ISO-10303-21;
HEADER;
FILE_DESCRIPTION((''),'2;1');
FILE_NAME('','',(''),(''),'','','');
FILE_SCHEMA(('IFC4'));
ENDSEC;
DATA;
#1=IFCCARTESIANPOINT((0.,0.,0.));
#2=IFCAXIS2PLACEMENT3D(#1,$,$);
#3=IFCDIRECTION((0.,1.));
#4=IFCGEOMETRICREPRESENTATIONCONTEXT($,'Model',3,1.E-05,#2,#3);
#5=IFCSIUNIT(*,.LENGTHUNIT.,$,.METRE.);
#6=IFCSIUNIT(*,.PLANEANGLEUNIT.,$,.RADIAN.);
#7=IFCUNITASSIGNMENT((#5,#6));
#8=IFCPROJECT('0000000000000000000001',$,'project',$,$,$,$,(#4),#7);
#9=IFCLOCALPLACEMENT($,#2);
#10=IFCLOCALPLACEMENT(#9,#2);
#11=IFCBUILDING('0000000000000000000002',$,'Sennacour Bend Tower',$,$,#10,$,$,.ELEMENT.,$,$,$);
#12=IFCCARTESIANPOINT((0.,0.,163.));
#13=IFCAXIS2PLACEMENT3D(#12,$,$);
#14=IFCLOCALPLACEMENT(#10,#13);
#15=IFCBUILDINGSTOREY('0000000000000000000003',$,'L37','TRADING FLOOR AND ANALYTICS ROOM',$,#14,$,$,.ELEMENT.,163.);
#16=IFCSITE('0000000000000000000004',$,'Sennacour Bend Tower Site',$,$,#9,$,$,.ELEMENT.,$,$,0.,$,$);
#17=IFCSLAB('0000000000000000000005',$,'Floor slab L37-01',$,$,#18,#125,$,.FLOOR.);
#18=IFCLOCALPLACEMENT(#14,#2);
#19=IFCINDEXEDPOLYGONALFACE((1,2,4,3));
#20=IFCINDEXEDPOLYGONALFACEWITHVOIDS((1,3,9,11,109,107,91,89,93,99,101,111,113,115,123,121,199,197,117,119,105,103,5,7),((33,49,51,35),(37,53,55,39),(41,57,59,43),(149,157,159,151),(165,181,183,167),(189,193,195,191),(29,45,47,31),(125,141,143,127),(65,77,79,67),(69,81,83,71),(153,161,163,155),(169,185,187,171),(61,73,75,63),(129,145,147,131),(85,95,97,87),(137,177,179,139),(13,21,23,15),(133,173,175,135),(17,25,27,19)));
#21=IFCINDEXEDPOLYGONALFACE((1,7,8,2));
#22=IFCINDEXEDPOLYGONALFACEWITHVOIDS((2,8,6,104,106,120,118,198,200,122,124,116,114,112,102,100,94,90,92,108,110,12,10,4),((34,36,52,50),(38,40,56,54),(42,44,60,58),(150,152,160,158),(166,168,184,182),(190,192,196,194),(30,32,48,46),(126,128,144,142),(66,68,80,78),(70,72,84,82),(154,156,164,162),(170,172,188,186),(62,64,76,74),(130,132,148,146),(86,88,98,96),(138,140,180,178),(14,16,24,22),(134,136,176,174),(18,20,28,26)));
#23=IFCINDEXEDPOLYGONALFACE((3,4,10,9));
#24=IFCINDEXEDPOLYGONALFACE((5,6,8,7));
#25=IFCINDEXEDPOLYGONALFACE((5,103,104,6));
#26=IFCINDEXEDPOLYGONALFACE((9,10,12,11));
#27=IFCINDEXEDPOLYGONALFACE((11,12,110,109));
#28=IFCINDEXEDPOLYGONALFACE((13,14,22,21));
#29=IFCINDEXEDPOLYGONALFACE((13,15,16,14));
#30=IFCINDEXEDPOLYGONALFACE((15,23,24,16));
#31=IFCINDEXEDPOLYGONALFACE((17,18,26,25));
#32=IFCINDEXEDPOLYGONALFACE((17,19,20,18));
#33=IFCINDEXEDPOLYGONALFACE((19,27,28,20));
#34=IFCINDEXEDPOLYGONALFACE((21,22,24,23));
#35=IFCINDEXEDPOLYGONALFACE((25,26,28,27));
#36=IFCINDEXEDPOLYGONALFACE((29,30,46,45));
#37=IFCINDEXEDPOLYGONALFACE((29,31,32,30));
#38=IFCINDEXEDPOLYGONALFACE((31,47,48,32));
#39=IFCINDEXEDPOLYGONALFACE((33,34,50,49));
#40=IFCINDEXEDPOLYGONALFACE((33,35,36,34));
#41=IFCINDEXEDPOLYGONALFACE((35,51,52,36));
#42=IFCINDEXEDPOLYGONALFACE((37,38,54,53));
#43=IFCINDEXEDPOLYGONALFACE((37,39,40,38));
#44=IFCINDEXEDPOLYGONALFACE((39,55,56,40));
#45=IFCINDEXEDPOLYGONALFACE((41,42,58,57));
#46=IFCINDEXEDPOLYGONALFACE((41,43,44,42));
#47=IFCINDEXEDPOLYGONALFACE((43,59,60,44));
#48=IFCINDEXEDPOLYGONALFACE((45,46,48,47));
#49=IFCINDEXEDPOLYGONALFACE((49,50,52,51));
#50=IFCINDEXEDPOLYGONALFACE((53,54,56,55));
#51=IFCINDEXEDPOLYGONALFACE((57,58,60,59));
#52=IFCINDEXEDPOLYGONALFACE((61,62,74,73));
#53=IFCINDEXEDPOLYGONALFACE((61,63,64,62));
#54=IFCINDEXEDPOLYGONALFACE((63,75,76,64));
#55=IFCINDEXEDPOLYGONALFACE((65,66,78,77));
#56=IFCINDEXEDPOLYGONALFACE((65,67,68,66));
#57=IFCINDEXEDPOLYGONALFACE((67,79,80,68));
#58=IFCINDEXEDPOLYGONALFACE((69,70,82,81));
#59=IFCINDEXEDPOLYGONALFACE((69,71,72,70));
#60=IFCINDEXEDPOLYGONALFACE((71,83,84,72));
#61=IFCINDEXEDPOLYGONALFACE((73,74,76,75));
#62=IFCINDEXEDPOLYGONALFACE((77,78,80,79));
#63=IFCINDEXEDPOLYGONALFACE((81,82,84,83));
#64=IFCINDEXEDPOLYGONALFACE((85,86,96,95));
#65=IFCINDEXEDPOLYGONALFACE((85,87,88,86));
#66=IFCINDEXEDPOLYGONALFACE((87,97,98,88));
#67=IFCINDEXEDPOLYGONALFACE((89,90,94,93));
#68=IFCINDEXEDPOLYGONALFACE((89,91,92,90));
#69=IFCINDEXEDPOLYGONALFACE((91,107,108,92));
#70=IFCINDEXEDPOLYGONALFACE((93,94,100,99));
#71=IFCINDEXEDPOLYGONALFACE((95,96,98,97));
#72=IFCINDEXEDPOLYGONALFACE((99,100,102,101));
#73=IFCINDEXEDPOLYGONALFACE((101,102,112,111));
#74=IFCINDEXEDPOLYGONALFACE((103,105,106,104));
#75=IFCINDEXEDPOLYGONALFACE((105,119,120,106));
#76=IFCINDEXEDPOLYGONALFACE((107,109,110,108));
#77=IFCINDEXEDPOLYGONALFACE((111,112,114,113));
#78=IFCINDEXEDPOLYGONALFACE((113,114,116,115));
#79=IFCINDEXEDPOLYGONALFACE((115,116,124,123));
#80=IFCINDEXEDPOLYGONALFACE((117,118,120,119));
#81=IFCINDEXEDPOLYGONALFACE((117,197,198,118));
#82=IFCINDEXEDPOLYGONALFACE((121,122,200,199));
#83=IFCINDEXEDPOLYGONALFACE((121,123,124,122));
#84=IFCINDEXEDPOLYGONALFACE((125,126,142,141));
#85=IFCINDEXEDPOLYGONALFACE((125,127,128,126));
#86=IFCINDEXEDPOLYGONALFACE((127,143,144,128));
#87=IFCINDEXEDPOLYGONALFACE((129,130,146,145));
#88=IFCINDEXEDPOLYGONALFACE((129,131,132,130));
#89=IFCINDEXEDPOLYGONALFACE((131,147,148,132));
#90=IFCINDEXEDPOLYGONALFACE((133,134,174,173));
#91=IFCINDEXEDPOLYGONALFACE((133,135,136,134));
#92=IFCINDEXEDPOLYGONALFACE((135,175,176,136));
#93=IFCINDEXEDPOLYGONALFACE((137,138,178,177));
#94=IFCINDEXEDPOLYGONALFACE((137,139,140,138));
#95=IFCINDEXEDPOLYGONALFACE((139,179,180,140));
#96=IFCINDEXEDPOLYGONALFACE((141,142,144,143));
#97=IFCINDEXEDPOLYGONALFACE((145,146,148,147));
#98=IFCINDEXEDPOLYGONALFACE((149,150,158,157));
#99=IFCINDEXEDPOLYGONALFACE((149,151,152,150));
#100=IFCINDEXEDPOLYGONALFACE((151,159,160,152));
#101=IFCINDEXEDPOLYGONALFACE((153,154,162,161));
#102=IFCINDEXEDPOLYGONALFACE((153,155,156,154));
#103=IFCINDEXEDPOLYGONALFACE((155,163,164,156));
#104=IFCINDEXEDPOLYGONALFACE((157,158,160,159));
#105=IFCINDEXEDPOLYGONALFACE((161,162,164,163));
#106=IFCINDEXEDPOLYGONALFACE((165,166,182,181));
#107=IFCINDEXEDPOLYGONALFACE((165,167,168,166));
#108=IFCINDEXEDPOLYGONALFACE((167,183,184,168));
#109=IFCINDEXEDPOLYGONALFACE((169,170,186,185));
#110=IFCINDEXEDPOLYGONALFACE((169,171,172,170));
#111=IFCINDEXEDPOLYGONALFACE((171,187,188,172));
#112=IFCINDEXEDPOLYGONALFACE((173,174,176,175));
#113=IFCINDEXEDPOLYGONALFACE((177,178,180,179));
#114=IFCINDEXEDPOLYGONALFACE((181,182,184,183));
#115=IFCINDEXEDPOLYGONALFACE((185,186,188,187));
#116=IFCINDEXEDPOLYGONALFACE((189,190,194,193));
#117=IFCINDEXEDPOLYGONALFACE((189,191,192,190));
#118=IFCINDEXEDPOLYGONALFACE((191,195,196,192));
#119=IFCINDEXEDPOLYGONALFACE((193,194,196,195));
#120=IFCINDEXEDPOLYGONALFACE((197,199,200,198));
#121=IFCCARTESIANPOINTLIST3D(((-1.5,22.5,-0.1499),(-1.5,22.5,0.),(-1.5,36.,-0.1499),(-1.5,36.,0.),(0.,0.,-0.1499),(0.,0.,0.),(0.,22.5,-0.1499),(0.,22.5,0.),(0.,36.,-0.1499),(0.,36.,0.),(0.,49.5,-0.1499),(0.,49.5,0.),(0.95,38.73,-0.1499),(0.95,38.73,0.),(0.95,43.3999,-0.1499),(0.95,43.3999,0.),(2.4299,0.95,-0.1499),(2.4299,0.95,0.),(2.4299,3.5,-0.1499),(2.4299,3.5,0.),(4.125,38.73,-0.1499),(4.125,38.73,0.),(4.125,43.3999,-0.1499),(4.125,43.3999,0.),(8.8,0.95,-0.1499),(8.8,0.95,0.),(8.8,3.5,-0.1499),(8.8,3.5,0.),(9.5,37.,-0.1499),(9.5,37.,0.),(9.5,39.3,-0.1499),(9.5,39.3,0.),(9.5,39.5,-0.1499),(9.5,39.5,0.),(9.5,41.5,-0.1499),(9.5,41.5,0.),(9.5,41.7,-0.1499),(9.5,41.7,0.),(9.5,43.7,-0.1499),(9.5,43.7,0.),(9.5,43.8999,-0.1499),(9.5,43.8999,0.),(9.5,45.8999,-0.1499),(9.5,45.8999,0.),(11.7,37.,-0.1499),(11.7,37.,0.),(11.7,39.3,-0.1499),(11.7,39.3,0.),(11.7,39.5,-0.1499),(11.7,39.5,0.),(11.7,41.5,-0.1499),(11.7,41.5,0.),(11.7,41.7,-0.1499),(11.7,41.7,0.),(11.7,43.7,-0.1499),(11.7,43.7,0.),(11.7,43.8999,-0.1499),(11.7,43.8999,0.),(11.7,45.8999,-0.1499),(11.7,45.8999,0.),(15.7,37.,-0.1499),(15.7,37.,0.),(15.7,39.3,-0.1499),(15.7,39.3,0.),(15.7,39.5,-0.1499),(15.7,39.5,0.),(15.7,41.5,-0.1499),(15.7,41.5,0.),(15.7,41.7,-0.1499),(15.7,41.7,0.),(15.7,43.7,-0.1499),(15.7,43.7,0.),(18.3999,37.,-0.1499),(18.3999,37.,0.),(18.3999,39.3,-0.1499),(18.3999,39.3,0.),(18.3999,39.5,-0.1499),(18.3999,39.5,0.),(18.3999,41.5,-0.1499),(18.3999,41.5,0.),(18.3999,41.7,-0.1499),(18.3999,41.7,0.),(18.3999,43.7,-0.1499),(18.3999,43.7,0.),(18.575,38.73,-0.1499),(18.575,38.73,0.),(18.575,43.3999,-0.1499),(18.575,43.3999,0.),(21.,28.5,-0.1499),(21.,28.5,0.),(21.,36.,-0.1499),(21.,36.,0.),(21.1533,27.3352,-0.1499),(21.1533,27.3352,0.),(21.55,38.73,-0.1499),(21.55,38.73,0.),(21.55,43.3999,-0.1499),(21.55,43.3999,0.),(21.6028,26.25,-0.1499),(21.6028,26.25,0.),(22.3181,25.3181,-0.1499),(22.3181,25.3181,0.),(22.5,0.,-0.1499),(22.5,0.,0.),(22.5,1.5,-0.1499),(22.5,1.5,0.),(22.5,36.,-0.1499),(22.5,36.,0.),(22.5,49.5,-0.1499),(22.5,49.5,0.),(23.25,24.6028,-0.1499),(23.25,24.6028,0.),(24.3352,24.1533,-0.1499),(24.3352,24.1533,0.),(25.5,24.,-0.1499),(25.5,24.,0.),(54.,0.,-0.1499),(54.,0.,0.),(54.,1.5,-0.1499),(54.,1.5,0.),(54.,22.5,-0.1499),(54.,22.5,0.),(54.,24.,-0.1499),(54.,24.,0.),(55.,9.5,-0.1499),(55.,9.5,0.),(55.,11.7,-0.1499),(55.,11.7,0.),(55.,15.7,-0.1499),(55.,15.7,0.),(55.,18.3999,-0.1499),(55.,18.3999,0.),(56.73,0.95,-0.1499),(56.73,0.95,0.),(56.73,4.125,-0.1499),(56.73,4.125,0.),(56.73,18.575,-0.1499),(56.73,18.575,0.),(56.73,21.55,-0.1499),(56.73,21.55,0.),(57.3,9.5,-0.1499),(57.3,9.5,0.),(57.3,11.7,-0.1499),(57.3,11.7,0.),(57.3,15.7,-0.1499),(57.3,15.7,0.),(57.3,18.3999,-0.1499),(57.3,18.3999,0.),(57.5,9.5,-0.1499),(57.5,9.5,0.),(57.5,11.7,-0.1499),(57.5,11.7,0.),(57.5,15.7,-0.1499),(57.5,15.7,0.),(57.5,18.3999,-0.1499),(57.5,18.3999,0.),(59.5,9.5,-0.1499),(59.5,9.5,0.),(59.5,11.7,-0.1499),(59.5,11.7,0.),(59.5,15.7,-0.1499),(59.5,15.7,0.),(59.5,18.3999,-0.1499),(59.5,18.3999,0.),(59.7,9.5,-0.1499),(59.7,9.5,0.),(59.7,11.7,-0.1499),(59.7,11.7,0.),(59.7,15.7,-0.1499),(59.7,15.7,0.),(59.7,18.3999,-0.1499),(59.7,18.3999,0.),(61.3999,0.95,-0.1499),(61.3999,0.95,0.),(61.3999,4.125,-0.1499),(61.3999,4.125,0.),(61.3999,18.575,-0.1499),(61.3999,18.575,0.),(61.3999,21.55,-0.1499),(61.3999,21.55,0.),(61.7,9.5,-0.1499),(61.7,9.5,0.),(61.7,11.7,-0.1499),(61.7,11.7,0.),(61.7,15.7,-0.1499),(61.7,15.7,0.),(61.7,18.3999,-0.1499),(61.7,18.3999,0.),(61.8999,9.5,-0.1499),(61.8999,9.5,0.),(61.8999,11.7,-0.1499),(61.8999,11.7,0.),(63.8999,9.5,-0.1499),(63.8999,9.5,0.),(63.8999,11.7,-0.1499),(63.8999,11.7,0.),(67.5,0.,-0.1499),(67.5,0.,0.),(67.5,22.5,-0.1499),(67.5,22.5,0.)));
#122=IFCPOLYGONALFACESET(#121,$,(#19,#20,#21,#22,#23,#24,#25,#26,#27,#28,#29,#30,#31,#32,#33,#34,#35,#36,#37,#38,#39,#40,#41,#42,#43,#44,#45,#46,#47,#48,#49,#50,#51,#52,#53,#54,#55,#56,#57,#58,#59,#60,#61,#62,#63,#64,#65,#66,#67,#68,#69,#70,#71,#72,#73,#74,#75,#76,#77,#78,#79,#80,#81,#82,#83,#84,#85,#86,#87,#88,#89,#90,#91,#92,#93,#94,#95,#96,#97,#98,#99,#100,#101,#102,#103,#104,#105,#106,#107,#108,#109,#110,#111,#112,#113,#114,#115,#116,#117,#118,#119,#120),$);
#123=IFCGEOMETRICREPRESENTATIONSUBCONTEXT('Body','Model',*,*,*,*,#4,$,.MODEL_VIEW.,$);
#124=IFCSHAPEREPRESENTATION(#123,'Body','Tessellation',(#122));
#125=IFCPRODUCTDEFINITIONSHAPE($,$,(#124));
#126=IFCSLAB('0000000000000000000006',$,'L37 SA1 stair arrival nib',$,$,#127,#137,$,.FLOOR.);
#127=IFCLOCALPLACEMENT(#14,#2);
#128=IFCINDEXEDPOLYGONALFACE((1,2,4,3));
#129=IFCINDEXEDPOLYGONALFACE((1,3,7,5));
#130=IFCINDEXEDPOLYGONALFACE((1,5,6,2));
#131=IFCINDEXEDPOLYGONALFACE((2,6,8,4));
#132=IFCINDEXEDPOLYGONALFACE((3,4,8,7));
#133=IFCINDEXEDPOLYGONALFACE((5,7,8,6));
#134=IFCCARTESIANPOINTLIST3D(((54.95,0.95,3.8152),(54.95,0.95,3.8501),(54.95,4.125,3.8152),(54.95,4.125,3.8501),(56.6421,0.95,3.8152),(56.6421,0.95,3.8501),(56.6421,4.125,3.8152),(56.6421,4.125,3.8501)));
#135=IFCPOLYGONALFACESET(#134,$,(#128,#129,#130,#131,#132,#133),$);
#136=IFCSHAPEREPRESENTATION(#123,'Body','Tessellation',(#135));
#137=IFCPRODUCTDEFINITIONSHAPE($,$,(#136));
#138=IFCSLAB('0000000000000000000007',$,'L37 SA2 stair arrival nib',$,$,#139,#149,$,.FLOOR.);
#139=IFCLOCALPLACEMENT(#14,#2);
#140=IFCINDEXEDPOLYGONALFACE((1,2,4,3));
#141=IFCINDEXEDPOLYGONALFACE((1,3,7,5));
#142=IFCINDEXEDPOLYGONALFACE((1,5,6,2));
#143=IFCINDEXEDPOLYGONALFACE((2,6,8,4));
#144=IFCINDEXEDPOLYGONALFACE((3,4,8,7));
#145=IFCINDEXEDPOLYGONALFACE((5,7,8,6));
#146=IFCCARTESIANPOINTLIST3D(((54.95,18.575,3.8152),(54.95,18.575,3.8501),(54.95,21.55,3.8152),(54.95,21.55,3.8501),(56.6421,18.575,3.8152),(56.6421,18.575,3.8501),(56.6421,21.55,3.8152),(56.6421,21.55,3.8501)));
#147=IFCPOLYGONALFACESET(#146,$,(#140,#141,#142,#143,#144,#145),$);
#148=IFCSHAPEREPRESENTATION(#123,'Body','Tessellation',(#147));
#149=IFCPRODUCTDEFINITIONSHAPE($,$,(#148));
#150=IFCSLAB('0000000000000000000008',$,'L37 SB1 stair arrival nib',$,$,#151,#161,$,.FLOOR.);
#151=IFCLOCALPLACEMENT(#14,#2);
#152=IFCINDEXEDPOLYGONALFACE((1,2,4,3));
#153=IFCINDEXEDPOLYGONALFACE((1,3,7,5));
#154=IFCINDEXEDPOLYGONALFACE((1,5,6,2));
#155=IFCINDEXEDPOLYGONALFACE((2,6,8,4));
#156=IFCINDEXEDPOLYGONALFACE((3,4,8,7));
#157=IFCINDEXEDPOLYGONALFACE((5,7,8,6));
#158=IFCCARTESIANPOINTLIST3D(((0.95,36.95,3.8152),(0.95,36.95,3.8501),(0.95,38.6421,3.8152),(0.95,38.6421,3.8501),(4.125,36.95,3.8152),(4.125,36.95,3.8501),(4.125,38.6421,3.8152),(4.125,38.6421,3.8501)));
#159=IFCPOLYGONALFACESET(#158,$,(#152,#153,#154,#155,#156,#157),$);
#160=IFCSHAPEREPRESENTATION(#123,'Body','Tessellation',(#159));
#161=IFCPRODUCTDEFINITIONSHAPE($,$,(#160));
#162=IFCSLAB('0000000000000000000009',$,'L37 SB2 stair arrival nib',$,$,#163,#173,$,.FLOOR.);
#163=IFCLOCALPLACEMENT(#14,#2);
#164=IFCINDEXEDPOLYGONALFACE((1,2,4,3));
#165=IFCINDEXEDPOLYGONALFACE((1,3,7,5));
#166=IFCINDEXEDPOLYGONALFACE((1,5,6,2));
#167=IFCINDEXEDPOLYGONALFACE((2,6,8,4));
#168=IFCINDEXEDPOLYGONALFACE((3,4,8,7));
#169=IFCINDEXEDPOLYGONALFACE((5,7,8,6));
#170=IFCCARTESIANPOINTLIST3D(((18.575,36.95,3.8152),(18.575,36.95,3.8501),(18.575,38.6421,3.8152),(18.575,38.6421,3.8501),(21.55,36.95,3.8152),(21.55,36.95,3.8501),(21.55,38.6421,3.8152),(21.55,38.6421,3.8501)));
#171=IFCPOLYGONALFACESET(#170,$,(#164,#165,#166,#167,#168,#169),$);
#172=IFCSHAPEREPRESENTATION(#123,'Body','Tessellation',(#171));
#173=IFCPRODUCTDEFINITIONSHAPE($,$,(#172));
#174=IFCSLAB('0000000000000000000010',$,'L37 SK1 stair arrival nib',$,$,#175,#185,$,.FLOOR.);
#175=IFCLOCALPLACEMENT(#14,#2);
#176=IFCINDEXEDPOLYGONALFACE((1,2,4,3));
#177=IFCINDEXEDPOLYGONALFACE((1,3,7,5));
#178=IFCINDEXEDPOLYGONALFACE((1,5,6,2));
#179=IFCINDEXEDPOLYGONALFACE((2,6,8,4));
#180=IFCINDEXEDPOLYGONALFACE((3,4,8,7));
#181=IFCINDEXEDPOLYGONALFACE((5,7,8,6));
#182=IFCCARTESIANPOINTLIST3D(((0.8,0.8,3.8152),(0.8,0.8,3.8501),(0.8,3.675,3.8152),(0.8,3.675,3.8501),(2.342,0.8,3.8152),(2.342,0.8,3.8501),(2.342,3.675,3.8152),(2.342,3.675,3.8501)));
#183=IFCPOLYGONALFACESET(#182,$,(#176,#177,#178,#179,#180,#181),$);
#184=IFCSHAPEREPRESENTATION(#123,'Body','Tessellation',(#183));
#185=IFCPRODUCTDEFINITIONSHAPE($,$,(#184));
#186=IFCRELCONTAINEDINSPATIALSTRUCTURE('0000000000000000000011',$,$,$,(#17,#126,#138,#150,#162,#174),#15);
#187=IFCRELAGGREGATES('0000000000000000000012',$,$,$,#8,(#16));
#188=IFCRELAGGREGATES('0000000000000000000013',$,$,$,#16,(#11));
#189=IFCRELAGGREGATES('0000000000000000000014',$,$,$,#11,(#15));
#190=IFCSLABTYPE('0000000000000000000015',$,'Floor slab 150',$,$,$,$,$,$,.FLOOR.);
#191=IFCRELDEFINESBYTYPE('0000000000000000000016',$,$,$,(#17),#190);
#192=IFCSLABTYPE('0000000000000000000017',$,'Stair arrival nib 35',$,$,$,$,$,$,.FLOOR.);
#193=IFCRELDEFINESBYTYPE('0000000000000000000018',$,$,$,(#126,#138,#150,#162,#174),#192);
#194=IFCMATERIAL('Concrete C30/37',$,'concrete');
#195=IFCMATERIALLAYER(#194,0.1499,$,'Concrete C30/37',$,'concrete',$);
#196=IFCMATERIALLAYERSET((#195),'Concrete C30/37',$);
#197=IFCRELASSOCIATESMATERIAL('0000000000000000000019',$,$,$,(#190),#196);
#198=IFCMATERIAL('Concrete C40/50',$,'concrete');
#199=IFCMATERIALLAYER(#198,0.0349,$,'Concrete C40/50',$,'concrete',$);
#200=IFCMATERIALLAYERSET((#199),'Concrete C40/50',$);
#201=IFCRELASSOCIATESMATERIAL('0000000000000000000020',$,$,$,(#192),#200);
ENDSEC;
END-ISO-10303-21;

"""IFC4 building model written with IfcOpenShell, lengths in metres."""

from ifc_helpers import new_model, si_unit, direction, frame, origin, place, context, subcontext, project, spatial, polyline, outline, extrude, material, layer, layer_set, type_object, element, save


model = new_model("IFC4")

# Units and contexts
model_context = context("Model", 3, precision=1e-05, world=origin(), true_north=direction((0.0, 1.0)))
body_context = subcontext(model_context, "Body", "Model", "MODEL_VIEW")
ifc_project = project(units=[si_unit("LENGTHUNIT", "METRE"), si_unit("PLANEANGLEUNIT", "RADIAN")], contexts=[model_context])

# Site, building, storey
site_placement = place(None, origin())
site = spatial("IfcSite", under=ifc_project, at=site_placement, Name="Sennacour Bend Tower Site", CompositionType="ELEMENT", RefElevation=0.0)
building_placement = place(site_placement, origin())
building = spatial("IfcBuilding", under=site, at=building_placement, Name="Sennacour Bend Tower", CompositionType="ELEMENT")
storey_placement = place(building_placement, frame((0.0, 0.0, 163.0)))
storey = spatial("IfcBuildingStorey", under=building, at=storey_placement, Name="L37", Description="TRADING FLOOR AND ANALYTICS ROOM", CompositionType="ELEMENT", Elevation=163.0)

# Slabs
ifc_material_1 = material(Name="Concrete C30/37", Category="concrete")
ifc_layer_1 = layer(ifc_material_1, 0.1499, Name="Concrete C30/37", Category="concrete")
ifc_layer_set_1 = layer_set([ifc_layer_1], Name="Concrete C30/37")
slab_type_1 = type_object("IfcSlabType", Name="Floor slab 150", PredefinedType="FLOOR", material=ifc_layer_set_1)
slab_1_placement = place(storey_placement, frame((0.0, 0.0, -0.1499)))
element("IfcSlab", 1, at=slab_1_placement, inside=storey, type_object=slab_type_1, Name="Floor slab L37-01", PredefinedType="FLOOR", context=body_context, shape_type="SweptSolid", body=[
    extrude(outline(polyline([(0.0, 22.5), (-1.5, 22.5), (-1.5, 36.0), (0.0, 36.0), (0.0, 49.5), (22.5, 49.5), (22.5, 36.0), (21.0, 36.0), (21.0, 28.5), (21.1533, 27.3352), (21.6028, 26.25), (22.3181, 25.3181), (23.25, 24.6028), (24.3352, 24.1533), (25.5, 24.0), (54.0, 24.0), (54.0, 22.5), (67.5, 22.5), (67.5, 0.0), (54.0, 0.0), (54.0, 1.5), (22.5, 1.5), (22.5, 0.0), (0.0, 0.0), (0.0, 22.5)]), holes=[polyline([(8.8, 0.95), (8.8, 3.5), (2.4299, 3.5), (2.4299, 0.95), (8.8, 0.95)]), polyline([(11.7, 37.0), (11.7, 39.3), (9.5, 39.3), (9.5, 37.0), (11.7, 37.0)]), polyline([(18.3999, 37.0), (18.3999, 39.3), (15.7, 39.3), (15.7, 37.0), (18.3999, 37.0)]), polyline([(11.7, 39.5), (11.7, 41.5), (9.5, 41.5), (9.5, 39.5), (11.7, 39.5)]), polyline([(18.3999, 39.5), (18.3999, 41.5), (15.7, 41.5), (15.7, 39.5), (18.3999, 39.5)]), polyline([(4.125, 38.73), (4.125, 43.3999), (0.95, 43.3999), (0.95, 38.73), (4.125, 38.73)]), polyline([(21.55, 38.73), (21.55, 43.3999), (18.575, 43.3999), (18.575, 38.73), (21.55, 38.73)]), polyline([(9.5, 41.7), (11.7, 41.7), (11.7, 43.7), (9.5, 43.7), (9.5, 41.7)]), polyline([(15.7, 41.7), (18.3999, 41.7), (18.3999, 43.7), (15.7, 43.7), (15.7, 41.7)]), polyline([(11.7, 43.8999), (11.7, 45.8999), (9.5, 45.8999), (9.5, 43.8999), (11.7, 43.8999)]), polyline([(61.3999, 0.95), (61.3999, 4.125), (56.73, 4.125), (56.73, 0.95), (61.3999, 0.95)]), polyline([(57.3, 9.5), (57.3, 11.7), (55.0, 11.7), (55.0, 9.5), (57.3, 9.5)]), polyline([(57.5, 9.5), (59.5, 9.5), (59.5, 11.7), (57.5, 11.7), (57.5, 9.5)]), polyline([(59.7, 9.5), (61.7, 9.5), (61.7, 11.7), (59.7, 11.7), (59.7, 9.5)]), polyline([(63.8999, 9.5), (63.8999, 11.7), (61.8999, 11.7), (61.8999, 9.5), (63.8999, 9.5)]), polyline([(57.3, 15.7), (57.3, 18.3999), (55.0, 18.3999), (55.0, 15.7), (57.3, 15.7)]), polyline([(59.5, 15.7), (59.5, 18.3999), (57.5, 18.3999), (57.5, 15.7), (59.5, 15.7)]), polyline([(59.7, 15.7), (61.7, 15.7), (61.7, 18.3999), (59.7, 18.3999), (59.7, 15.7)]), polyline([(56.73, 18.575), (61.3999, 18.575), (61.3999, 21.55), (56.73, 21.55), (56.73, 18.575)])]), origin(), (0.0, 0.0, 1.0), 0.1499),
])
ifc_material_2 = material(Name="Concrete C40/50", Category="concrete")
ifc_layer_2 = layer(ifc_material_2, 0.0349, Name="Concrete C40/50", Category="concrete")
ifc_layer_set_2 = layer_set([ifc_layer_2], Name="Concrete C40/50")
slab_type_2 = type_object("IfcSlabType", Name="Stair arrival nib 35", PredefinedType="FLOOR", material=ifc_layer_set_2)
slab_2_placement = place(storey_placement, frame((0.0, 0.0, 3.8152)))
element("IfcSlab", 2, at=slab_2_placement, inside=storey, type_object=slab_type_2, Name="L37 SA1 stair arrival nib", PredefinedType="FLOOR", context=body_context, shape_type="SweptSolid", body=[
    extrude(outline(polyline([(56.6421, 4.125), (54.95, 4.125), (54.95, 0.95), (56.6421, 0.95), (56.6421, 4.125)])), origin(), (0.0, 0.0, 1.0), 0.0349),
])
slab_3_placement = place(storey_placement, frame((0.0, 0.0, 3.8152)))
element("IfcSlab", 3, at=slab_3_placement, inside=storey, type_object=slab_type_2, Name="L37 SA2 stair arrival nib", PredefinedType="FLOOR", context=body_context, shape_type="SweptSolid", body=[
    extrude(outline(polyline([(56.6421, 21.55), (54.95, 21.55), (54.95, 18.575), (56.6421, 18.575), (56.6421, 21.55)])), origin(), (0.0, 0.0, 1.0), 0.0349),
])
slab_4_placement = place(storey_placement, frame((0.0, 0.0, 3.8152)))
element("IfcSlab", 4, at=slab_4_placement, inside=storey, type_object=slab_type_2, Name="L37 SB1 stair arrival nib", PredefinedType="FLOOR", context=body_context, shape_type="SweptSolid", body=[
    extrude(outline(polyline([(0.95, 38.6421), (0.95, 36.95), (4.125, 36.95), (4.125, 38.6421), (0.95, 38.6421)])), origin(), (0.0, 0.0, 1.0), 0.0349),
])
slab_5_placement = place(storey_placement, frame((0.0, 0.0, 3.8152)))
element("IfcSlab", 5, at=slab_5_placement, inside=storey, type_object=slab_type_2, Name="L37 SB2 stair arrival nib", PredefinedType="FLOOR", context=body_context, shape_type="SweptSolid", body=[
    extrude(outline(polyline([(18.575, 38.6421), (18.575, 36.95), (21.55, 36.95), (21.55, 38.6421), (18.575, 38.6421)])), origin(), (0.0, 0.0, 1.0), 0.0349),
])
slab_6_placement = place(storey_placement, frame((0.0, 0.0, 3.8152)))
element("IfcSlab", 6, at=slab_6_placement, inside=storey, type_object=slab_type_2, Name="L37 SK1 stair arrival nib", PredefinedType="FLOOR", context=body_context, shape_type="SweptSolid", body=[
    extrude(outline(polyline([(2.342, 3.675), (0.8, 3.675), (0.8, 0.8), (2.342, 0.8), (2.342, 3.675)])), origin(), (0.0, 0.0, 1.0), 0.0349),
])

save(model, "model.ifc")
